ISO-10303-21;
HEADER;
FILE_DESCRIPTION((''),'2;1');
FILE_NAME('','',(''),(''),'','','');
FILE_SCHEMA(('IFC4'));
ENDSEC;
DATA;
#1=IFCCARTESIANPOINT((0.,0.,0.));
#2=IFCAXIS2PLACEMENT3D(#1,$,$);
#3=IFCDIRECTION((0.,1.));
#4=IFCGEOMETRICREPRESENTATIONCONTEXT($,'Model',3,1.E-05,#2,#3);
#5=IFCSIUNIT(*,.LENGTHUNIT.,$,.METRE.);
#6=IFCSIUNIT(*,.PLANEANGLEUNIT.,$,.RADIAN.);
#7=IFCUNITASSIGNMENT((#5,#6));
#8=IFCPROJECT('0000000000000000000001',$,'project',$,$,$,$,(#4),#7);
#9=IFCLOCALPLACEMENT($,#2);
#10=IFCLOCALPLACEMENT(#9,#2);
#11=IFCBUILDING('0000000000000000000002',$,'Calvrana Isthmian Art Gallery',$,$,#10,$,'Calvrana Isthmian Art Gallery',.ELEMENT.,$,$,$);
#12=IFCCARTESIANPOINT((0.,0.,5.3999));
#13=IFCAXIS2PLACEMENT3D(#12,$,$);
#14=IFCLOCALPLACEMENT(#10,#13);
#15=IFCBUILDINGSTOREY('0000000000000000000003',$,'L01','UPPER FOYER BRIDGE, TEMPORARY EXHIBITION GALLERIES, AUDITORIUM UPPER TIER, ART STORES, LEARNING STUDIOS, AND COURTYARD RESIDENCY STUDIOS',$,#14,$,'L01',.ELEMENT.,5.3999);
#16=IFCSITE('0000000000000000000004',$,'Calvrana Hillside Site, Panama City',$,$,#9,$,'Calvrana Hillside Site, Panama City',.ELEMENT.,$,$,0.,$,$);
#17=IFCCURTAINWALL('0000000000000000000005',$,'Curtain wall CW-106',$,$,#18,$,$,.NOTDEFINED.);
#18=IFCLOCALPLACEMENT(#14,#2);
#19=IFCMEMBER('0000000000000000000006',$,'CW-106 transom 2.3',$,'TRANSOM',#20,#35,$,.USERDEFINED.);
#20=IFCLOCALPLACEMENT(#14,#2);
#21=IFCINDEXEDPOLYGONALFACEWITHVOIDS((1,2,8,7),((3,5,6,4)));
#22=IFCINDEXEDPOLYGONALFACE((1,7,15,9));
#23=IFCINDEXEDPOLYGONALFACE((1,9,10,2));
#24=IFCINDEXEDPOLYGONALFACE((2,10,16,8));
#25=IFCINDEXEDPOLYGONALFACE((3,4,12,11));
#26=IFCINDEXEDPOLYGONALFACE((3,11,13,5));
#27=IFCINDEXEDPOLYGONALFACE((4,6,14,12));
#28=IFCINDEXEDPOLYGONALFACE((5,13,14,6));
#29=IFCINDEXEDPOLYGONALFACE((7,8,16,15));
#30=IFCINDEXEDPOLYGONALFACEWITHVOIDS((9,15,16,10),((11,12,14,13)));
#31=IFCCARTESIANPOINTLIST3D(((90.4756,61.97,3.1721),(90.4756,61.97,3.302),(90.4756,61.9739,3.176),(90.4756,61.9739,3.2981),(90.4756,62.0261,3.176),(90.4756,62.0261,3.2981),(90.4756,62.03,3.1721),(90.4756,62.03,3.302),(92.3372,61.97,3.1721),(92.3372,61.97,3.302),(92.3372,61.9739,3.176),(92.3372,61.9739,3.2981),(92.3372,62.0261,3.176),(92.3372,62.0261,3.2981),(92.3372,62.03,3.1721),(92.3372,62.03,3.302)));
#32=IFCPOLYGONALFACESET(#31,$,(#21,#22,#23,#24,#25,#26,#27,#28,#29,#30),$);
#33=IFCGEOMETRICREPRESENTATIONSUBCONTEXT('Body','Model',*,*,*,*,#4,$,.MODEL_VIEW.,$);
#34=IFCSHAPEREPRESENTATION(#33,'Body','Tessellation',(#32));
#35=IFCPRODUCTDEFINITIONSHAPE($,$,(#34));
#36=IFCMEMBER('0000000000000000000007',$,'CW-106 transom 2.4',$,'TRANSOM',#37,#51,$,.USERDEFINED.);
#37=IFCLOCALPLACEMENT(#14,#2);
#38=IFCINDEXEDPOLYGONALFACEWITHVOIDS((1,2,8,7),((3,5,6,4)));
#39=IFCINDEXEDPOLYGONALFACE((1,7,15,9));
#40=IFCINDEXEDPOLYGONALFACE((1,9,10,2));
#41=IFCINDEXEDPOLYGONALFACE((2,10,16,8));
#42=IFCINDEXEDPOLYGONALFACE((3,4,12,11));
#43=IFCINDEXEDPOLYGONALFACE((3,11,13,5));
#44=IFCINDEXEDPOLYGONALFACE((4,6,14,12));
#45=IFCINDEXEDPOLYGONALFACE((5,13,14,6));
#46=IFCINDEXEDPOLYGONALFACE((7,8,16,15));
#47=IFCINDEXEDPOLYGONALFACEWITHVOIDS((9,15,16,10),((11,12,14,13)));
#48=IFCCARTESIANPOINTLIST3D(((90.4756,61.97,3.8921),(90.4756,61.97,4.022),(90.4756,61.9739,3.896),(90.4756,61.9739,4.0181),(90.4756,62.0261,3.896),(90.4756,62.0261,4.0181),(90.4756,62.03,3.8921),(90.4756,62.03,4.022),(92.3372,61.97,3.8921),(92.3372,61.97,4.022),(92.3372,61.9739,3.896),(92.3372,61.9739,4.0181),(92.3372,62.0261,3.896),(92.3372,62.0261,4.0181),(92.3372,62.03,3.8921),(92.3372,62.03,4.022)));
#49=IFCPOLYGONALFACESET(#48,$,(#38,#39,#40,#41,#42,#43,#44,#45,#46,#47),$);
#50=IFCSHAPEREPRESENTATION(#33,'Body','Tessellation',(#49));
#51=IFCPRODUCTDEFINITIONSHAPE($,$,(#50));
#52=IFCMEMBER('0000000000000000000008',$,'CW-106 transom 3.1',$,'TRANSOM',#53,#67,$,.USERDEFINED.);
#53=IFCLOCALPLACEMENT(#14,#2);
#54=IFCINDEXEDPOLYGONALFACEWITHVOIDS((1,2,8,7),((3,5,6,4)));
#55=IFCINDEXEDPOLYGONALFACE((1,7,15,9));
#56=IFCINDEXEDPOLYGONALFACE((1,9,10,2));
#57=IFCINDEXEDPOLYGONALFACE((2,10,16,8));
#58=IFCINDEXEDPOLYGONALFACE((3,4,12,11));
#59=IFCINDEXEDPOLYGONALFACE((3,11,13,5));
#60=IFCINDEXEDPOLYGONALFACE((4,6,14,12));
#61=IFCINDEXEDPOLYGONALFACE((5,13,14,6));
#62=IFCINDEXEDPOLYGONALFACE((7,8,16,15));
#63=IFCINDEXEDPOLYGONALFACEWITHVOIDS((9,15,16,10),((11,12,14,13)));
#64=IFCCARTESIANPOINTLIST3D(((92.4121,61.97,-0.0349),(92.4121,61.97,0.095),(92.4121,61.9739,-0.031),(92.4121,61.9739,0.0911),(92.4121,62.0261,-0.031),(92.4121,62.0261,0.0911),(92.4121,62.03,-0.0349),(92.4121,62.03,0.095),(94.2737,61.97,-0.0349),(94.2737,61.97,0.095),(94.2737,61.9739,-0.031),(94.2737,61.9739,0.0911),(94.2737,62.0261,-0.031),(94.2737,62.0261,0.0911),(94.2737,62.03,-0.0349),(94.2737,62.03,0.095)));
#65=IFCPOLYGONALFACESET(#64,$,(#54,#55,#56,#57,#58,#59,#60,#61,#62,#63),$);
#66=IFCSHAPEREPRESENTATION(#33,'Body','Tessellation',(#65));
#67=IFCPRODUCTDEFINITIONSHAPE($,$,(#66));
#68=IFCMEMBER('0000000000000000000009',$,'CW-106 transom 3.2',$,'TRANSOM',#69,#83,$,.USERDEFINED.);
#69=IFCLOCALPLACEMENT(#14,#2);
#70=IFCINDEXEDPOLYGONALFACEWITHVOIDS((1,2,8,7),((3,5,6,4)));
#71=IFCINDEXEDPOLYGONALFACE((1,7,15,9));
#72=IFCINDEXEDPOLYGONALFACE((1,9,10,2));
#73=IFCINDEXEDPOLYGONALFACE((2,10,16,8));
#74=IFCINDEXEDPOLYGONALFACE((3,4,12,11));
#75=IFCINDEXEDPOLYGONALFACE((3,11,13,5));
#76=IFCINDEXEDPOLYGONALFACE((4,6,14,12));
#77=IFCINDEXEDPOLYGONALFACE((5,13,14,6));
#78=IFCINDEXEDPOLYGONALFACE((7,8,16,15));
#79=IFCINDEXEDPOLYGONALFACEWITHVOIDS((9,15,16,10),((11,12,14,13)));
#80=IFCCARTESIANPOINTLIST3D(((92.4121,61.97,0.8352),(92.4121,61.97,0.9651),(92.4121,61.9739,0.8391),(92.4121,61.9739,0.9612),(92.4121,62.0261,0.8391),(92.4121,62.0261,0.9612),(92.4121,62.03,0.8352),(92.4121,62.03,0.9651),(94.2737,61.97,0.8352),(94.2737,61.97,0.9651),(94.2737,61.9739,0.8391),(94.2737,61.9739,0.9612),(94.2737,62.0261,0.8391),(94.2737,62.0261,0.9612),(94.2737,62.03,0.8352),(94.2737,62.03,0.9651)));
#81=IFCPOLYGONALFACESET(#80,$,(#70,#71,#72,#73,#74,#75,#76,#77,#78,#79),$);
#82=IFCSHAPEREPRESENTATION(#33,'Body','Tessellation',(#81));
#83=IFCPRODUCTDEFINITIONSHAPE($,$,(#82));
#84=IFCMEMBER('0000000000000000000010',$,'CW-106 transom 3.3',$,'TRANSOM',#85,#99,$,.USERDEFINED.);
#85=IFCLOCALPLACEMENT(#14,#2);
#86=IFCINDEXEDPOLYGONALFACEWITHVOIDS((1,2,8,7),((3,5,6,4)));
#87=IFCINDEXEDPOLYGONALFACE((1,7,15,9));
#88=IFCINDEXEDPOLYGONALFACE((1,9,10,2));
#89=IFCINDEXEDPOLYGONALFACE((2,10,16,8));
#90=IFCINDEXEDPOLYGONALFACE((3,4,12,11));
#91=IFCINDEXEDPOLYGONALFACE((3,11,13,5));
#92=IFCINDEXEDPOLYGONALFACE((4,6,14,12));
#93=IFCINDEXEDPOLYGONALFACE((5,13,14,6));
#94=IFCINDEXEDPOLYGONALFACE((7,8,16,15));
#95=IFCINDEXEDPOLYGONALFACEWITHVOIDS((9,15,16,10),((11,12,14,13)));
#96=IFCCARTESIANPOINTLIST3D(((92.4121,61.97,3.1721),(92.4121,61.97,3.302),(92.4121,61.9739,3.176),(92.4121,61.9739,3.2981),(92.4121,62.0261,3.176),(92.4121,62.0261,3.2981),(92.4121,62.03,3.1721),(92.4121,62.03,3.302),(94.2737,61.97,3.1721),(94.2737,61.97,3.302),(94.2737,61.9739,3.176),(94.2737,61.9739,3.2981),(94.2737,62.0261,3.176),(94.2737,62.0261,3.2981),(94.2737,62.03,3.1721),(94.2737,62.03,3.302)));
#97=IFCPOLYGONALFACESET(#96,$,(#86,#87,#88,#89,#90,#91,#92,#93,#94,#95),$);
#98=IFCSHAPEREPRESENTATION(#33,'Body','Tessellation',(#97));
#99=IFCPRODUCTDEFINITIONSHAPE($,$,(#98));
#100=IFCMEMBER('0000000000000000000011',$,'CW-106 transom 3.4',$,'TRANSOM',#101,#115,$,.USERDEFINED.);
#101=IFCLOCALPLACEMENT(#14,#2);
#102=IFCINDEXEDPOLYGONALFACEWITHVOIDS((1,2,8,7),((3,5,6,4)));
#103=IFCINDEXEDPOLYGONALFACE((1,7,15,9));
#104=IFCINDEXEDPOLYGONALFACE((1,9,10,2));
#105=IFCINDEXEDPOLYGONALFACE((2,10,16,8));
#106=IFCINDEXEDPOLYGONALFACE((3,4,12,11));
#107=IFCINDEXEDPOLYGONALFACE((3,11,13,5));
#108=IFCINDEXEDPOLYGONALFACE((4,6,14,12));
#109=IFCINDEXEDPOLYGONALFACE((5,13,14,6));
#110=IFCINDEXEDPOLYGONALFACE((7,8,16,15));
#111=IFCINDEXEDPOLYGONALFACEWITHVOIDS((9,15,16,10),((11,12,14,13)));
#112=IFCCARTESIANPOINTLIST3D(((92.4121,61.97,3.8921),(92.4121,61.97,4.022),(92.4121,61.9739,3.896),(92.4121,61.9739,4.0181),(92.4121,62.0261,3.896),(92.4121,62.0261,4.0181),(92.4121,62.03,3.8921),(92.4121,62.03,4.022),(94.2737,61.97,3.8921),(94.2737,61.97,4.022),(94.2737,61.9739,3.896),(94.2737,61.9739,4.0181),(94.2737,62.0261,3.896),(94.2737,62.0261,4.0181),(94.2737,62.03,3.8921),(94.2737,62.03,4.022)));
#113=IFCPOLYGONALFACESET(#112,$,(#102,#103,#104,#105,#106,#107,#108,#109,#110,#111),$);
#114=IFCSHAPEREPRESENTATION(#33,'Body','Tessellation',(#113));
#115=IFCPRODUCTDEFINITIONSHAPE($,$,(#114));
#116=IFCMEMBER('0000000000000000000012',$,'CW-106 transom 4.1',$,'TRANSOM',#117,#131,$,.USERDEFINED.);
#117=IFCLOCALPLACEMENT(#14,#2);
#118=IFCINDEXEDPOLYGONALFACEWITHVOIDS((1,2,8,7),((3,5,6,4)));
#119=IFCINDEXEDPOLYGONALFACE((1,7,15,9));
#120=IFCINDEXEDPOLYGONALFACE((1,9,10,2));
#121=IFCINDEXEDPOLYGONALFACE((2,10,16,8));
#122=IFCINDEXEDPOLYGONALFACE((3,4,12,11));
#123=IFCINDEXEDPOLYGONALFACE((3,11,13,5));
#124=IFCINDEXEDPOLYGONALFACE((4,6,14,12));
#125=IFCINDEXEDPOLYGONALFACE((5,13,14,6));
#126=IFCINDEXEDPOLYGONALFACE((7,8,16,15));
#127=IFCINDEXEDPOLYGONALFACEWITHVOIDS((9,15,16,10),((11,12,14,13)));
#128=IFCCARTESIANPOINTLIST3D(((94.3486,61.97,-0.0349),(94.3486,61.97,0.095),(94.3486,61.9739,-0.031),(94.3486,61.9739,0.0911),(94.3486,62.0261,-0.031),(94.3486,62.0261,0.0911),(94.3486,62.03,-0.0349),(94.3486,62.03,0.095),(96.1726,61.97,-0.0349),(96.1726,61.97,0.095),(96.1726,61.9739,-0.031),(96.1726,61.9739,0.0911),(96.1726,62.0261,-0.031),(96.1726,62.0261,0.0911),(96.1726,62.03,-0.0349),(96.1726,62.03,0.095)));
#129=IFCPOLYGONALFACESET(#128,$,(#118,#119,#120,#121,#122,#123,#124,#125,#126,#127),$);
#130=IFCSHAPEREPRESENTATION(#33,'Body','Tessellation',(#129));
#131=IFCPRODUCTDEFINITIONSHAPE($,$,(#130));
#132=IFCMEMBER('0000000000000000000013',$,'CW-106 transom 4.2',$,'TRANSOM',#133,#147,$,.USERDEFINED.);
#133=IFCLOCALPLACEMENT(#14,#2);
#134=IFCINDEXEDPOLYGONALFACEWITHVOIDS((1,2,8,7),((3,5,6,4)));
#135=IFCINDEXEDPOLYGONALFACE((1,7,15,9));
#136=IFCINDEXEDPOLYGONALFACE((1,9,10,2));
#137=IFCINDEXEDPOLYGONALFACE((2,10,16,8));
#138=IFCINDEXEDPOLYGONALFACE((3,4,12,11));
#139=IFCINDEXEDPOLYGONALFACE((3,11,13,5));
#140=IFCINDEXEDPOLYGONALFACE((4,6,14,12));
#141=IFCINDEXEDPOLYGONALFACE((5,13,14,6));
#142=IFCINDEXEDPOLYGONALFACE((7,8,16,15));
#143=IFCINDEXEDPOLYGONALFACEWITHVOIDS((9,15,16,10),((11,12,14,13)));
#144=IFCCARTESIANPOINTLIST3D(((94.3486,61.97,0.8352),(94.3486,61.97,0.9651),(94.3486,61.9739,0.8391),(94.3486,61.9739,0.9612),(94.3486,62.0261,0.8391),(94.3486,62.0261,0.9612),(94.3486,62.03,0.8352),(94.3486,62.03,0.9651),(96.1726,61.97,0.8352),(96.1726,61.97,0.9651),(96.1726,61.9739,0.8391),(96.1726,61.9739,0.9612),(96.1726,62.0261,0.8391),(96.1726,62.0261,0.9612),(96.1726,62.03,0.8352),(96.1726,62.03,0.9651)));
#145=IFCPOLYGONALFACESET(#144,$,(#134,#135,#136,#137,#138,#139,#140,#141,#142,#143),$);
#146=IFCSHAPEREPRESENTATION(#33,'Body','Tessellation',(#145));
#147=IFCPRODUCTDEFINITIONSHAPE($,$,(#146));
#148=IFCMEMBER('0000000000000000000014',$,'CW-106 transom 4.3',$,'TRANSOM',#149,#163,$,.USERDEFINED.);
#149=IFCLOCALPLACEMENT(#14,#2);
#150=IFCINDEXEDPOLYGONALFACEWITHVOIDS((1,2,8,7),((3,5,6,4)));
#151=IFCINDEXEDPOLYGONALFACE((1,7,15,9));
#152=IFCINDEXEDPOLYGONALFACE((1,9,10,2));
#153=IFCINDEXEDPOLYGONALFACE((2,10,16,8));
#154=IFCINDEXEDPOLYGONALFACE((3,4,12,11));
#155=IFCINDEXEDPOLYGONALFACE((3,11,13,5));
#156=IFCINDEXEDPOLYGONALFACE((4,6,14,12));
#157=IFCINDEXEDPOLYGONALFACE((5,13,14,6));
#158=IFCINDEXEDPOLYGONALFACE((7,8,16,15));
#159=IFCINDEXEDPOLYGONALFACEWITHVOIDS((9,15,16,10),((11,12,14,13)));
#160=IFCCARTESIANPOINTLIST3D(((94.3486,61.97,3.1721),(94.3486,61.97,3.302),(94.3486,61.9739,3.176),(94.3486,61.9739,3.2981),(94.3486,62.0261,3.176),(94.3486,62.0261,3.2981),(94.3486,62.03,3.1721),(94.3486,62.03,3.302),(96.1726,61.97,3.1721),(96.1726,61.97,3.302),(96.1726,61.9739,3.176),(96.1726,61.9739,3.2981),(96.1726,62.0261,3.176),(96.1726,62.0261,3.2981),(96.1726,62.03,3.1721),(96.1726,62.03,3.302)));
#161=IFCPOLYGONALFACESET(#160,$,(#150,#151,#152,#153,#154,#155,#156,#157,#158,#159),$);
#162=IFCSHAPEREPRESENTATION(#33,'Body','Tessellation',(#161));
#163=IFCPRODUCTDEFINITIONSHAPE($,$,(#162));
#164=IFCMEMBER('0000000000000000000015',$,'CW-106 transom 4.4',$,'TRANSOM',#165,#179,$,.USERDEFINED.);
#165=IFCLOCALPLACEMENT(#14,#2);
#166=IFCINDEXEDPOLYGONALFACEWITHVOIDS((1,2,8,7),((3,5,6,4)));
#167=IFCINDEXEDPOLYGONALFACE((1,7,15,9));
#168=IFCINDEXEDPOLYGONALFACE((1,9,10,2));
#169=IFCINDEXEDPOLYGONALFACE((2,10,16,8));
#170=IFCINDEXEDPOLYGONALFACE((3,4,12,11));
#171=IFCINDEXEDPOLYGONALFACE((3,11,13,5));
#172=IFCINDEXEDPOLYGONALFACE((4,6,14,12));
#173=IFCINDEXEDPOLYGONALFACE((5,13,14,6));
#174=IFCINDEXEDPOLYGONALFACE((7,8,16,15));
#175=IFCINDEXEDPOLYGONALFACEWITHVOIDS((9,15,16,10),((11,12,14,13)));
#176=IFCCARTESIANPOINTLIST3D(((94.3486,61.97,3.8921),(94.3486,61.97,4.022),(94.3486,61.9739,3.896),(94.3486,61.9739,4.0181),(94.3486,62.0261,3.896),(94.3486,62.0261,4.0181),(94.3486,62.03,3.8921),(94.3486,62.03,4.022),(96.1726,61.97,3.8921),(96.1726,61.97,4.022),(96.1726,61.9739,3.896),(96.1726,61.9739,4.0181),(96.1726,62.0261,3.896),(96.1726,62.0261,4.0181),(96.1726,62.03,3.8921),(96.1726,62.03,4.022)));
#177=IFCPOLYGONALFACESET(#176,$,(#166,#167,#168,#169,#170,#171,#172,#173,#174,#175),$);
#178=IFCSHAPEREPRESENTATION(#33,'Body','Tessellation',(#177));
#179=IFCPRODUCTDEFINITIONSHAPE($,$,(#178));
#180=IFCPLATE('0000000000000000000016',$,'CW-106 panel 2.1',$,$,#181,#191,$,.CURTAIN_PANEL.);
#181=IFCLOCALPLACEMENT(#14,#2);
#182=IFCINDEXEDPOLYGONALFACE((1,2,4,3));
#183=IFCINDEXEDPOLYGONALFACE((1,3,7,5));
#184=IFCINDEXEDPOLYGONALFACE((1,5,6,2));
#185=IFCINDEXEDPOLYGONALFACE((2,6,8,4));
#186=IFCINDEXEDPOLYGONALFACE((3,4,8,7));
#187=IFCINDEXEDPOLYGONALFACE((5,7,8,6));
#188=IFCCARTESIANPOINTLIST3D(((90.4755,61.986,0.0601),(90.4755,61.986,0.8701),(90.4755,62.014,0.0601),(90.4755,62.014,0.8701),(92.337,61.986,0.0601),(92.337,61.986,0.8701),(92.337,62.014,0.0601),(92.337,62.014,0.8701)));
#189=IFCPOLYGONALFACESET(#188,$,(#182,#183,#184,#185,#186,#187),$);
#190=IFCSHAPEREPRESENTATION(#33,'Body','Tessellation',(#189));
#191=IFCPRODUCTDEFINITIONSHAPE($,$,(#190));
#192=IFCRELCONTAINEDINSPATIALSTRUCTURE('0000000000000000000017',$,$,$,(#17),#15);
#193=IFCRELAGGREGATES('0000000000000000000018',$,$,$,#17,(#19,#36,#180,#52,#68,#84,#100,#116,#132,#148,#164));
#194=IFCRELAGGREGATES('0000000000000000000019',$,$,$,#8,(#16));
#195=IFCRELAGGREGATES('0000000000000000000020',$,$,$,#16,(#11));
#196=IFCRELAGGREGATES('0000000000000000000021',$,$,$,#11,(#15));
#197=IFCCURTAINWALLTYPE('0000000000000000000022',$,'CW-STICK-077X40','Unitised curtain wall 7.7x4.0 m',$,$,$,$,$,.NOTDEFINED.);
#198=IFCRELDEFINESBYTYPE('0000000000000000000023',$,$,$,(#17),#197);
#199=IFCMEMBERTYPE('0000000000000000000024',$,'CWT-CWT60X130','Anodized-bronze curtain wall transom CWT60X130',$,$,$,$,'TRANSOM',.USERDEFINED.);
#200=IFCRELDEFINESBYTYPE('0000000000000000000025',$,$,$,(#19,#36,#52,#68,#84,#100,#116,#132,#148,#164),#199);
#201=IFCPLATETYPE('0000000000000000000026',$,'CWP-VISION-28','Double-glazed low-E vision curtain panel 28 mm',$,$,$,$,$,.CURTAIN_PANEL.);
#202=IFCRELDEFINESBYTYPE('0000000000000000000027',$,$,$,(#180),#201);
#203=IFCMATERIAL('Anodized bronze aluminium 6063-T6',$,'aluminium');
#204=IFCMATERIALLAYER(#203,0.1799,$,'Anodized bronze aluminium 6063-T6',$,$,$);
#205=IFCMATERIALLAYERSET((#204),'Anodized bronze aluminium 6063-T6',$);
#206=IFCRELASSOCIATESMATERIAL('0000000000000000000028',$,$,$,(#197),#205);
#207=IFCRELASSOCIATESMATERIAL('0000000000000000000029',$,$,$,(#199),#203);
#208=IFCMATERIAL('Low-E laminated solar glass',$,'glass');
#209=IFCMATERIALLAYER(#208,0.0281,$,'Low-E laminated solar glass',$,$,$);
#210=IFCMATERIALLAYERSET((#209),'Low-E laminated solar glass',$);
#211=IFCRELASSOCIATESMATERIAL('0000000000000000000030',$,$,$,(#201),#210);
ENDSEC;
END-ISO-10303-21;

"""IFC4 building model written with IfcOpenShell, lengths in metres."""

from ifc_helpers import new_model, si_unit, direction, frame, origin, origin_2d, place, context, subcontext, project, spatial, rectangle, hollow_rectangle, extrude, material, layer, layer_set, material_profile, profile_set, type_object, element, aggregate, save


model = new_model("IFC4")

# Units and contexts
model_context = context("Model", 3, precision=1e-05, world=origin(), true_north=direction((0.0, 1.0)))
body_context = subcontext(model_context, "Body", "Model", "MODEL_VIEW")
ifc_project = project(units=[si_unit("LENGTHUNIT", "METRE"), si_unit("PLANEANGLEUNIT", "RADIAN")], contexts=[model_context])

# Site, building, storey
site_placement = place(None, origin())
site = spatial("IfcSite", under=ifc_project, at=site_placement, Name="Calvrana Hillside Site, Panama City", LongName="Calvrana Hillside Site, Panama City", CompositionType="ELEMENT", RefElevation=0.0)
building_placement = place(site_placement, origin())
building = spatial("IfcBuilding", under=site, at=building_placement, Name="Calvrana Isthmian Art Gallery", LongName="Calvrana Isthmian Art Gallery", CompositionType="ELEMENT")
storey_placement = place(building_placement, frame((0.0, 0.0, 5.3999)))
storey = spatial("IfcBuildingStorey", under=building, at=storey_placement, Name="L01", Description="UPPER FOYER BRIDGE, TEMPORARY EXHIBITION GALLERIES, AUDITORIUM UPPER TIER, ART STORES, LEARNING STUDIOS, AND COURTYARD RESIDENCY STUDIOS", LongName="L01", CompositionType="ELEMENT", Elevation=5.3999)

# Curtain wall, members, plate
ifc_material_1 = material(Name="Anodized bronze aluminium 6063-T6", Category="aluminium")
ifc_layer_1 = layer(ifc_material_1, 0.1799, Name="Anodized bronze aluminium 6063-T6")
ifc_layer_set_1 = layer_set([ifc_layer_1], Name="Anodized bronze aluminium 6063-T6")
curtain_wall_type = type_object("IfcCurtainWallType", Name="CW-STICK-077X40", Description="Unitised curtain wall 7.7x4.0 m", PredefinedType="NOTDEFINED", material=ifc_layer_set_1)
curtain_wall_placement = place(storey_placement, origin())
curtain_wall = element("IfcCurtainWall", 1, at=curtain_wall_placement, inside=storey, type_object=curtain_wall_type, Name="Curtain wall CW-106", PredefinedType="NOTDEFINED")
ifc_material_profile_1 = material_profile(ifc_material_1, hollow_rectangle(XDim=0.0601, YDim=0.1299, WallThickness=0.0039, at=origin_2d()), Name="CWT60X130")
ifc_profile_set_1 = profile_set([ifc_material_profile_1], Name="Anodized bronze aluminium 6063-T6")
member_type_1 = type_object("IfcMemberType", Name="CWT-CWT60X130", Description="Anodized-bronze curtain wall transom CWT60X130", ElementType="TRANSOM", PredefinedType="USERDEFINED", material=ifc_profile_set_1)
member_1_placement = place(storey_placement, frame((90.4756, 62.0, 3.2371), z_axis=(1.0, 0.0, 0.0), x_axis=(0.0, 1.0, 0.0)))
member_1 = element("IfcMember", 2, at=member_1_placement, type_object=member_type_1, Name="CW-106 transom 2.3", ObjectType="TRANSOM", PredefinedType="USERDEFINED", context=body_context, shape_type="SweptSolid", body=[
    extrude(hollow_rectangle(XDim=0.0601, YDim=0.1299, WallThickness=0.0039, at=origin_2d()), origin(), (0.0, 0.0, 1.0), 1.8616),
])
member_2_placement = place(storey_placement, frame((90.4756, 62.0, 3.957), z_axis=(1.0, 0.0, 0.0), x_axis=(0.0, 1.0, 0.0)))
member_2 = element("IfcMember", 3, at=member_2_placement, type_object=member_type_1, Name="CW-106 transom 2.4", ObjectType="TRANSOM", PredefinedType="USERDEFINED", context=body_context, shape_type="SweptSolid", body=[
    extrude(hollow_rectangle(XDim=0.0601, YDim=0.1299, WallThickness=0.0039, at=origin_2d()), origin(), (0.0, 0.0, 1.0), 1.8616),
])
member_3_placement = place(storey_placement, frame((92.4121, 62.0, 0.03), z_axis=(1.0, 0.0, 0.0), x_axis=(0.0, 1.0, 0.0)))
member_3 = element("IfcMember", 4, at=member_3_placement, type_object=member_type_1, Name="CW-106 transom 3.1", ObjectType="TRANSOM", PredefinedType="USERDEFINED", context=body_context, shape_type="SweptSolid", body=[
    extrude(hollow_rectangle(XDim=0.0601, YDim=0.1299, WallThickness=0.0039, at=origin_2d()), origin(), (0.0, 0.0, 1.0), 1.8616),
])
member_4_placement = place(storey_placement, frame((92.4121, 62.0, 0.9001), z_axis=(1.0, 0.0, 0.0), x_axis=(0.0, 1.0, 0.0)))
member_4 = element("IfcMember", 5, at=member_4_placement, type_object=member_type_1, Name="CW-106 transom 3.2", ObjectType="TRANSOM", PredefinedType="USERDEFINED", context=body_context, shape_type="SweptSolid", body=[
    extrude(hollow_rectangle(XDim=0.0601, YDim=0.1299, WallThickness=0.0039, at=origin_2d()), origin(), (0.0, 0.0, 1.0), 1.8616),
])
member_5_placement = place(storey_placement, frame((92.4121, 62.0, 3.2371), z_axis=(1.0, 0.0, 0.0), x_axis=(0.0, 1.0, 0.0)))
member_5 = element("IfcMember", 6, at=member_5_placement, type_object=member_type_1, Name="CW-106 transom 3.3", ObjectType="TRANSOM", PredefinedType="USERDEFINED", context=body_context, shape_type="SweptSolid", body=[
    extrude(hollow_rectangle(XDim=0.0601, YDim=0.1299, WallThickness=0.0039, at=origin_2d()), origin(), (0.0, 0.0, 1.0), 1.8616),
])
member_6_placement = place(storey_placement, frame((92.4121, 62.0, 3.957), z_axis=(1.0, 0.0, 0.0), x_axis=(0.0, 1.0, 0.0)))
member_6 = element("IfcMember", 7, at=member_6_placement, type_object=member_type_1, Name="CW-106 transom 3.4", ObjectType="TRANSOM", PredefinedType="USERDEFINED", context=body_context, shape_type="SweptSolid", body=[
    extrude(hollow_rectangle(XDim=0.0601, YDim=0.1299, WallThickness=0.0039, at=origin_2d()), origin(), (0.0, 0.0, 1.0), 1.8616),
])
member_7_placement = place(storey_placement, frame((94.3486, 62.0, 0.03), z_axis=(1.0, 0.0, 0.0), x_axis=(0.0, 1.0, 0.0)))
member_7 = element("IfcMember", 8, at=member_7_placement, type_object=member_type_1, Name="CW-106 transom 4.1", ObjectType="TRANSOM", PredefinedType="USERDEFINED", context=body_context, shape_type="SweptSolid", body=[
    extrude(hollow_rectangle(XDim=0.0601, YDim=0.1299, WallThickness=0.0039, at=origin_2d()), origin(), (0.0, 0.0, 1.0), 1.824),
])
member_8_placement = place(storey_placement, frame((94.3486, 62.0, 0.9001), z_axis=(1.0, 0.0, 0.0), x_axis=(0.0, 1.0, 0.0)))
member_8 = element("IfcMember", 9, at=member_8_placement, type_object=member_type_1, Name="CW-106 transom 4.2", ObjectType="TRANSOM", PredefinedType="USERDEFINED", context=body_context, shape_type="SweptSolid", body=[
    extrude(hollow_rectangle(XDim=0.0601, YDim=0.1299, WallThickness=0.0039, at=origin_2d()), origin(), (0.0, 0.0, 1.0), 1.824),
])
member_9_placement = place(storey_placement, frame((94.3486, 62.0, 3.2371), z_axis=(1.0, 0.0, 0.0), x_axis=(0.0, 1.0, 0.0)))
member_9 = element("IfcMember", 10, at=member_9_placement, type_object=member_type_1, Name="CW-106 transom 4.3", ObjectType="TRANSOM", PredefinedType="USERDEFINED", context=body_context, shape_type="SweptSolid", body=[
    extrude(hollow_rectangle(XDim=0.0601, YDim=0.1299, WallThickness=0.0039, at=origin_2d()), origin(), (0.0, 0.0, 1.0), 1.824),
])
member_10_placement = place(storey_placement, frame((94.3486, 62.0, 3.957), z_axis=(1.0, 0.0, 0.0), x_axis=(0.0, 1.0, 0.0)))
member_10 = element("IfcMember", 11, at=member_10_placement, type_object=member_type_1, Name="CW-106 transom 4.4", ObjectType="TRANSOM", PredefinedType="USERDEFINED", context=body_context, shape_type="SweptSolid", body=[
    extrude(hollow_rectangle(XDim=0.0601, YDim=0.1299, WallThickness=0.0039, at=origin_2d()), origin(), (0.0, 0.0, 1.0), 1.824),
])
ifc_material_2 = material(Name="Low-E laminated solar glass", Category="glass")
ifc_layer_2 = layer(ifc_material_2, 0.0281, Name="Low-E laminated solar glass")
ifc_layer_set_2 = layer_set([ifc_layer_2], Name="Low-E laminated solar glass")
plate_type_1 = type_object("IfcPlateType", Name="CWP-VISION-28", Description="Double-glazed low-E vision curtain panel 28 mm", PredefinedType="CURTAIN_PANEL", material=ifc_layer_set_2)
plate_1_placement = place(storey_placement, frame((91.4062, 62.0, 0.0601), z_axis=(0.0, 0.0, 1.0), x_axis=(1.0, 0.0, 0.0)))
plate_1 = element("IfcPlate", 12, at=plate_1_placement, type_object=plate_type_1, Name="CW-106 panel 2.1", PredefinedType="CURTAIN_PANEL", context=body_context, shape_type="SweptSolid", body=[
    extrude(rectangle(XDim=1.8616, YDim=0.0281, at=origin_2d()), origin(), (0.0, 0.0, 1.0), 0.8101),
])
aggregate(curtain_wall, [member_1, member_2, plate_1, member_3, member_4, member_5, member_6, member_7, member_8, member_9, member_10])

save(model, "model.ifc")
